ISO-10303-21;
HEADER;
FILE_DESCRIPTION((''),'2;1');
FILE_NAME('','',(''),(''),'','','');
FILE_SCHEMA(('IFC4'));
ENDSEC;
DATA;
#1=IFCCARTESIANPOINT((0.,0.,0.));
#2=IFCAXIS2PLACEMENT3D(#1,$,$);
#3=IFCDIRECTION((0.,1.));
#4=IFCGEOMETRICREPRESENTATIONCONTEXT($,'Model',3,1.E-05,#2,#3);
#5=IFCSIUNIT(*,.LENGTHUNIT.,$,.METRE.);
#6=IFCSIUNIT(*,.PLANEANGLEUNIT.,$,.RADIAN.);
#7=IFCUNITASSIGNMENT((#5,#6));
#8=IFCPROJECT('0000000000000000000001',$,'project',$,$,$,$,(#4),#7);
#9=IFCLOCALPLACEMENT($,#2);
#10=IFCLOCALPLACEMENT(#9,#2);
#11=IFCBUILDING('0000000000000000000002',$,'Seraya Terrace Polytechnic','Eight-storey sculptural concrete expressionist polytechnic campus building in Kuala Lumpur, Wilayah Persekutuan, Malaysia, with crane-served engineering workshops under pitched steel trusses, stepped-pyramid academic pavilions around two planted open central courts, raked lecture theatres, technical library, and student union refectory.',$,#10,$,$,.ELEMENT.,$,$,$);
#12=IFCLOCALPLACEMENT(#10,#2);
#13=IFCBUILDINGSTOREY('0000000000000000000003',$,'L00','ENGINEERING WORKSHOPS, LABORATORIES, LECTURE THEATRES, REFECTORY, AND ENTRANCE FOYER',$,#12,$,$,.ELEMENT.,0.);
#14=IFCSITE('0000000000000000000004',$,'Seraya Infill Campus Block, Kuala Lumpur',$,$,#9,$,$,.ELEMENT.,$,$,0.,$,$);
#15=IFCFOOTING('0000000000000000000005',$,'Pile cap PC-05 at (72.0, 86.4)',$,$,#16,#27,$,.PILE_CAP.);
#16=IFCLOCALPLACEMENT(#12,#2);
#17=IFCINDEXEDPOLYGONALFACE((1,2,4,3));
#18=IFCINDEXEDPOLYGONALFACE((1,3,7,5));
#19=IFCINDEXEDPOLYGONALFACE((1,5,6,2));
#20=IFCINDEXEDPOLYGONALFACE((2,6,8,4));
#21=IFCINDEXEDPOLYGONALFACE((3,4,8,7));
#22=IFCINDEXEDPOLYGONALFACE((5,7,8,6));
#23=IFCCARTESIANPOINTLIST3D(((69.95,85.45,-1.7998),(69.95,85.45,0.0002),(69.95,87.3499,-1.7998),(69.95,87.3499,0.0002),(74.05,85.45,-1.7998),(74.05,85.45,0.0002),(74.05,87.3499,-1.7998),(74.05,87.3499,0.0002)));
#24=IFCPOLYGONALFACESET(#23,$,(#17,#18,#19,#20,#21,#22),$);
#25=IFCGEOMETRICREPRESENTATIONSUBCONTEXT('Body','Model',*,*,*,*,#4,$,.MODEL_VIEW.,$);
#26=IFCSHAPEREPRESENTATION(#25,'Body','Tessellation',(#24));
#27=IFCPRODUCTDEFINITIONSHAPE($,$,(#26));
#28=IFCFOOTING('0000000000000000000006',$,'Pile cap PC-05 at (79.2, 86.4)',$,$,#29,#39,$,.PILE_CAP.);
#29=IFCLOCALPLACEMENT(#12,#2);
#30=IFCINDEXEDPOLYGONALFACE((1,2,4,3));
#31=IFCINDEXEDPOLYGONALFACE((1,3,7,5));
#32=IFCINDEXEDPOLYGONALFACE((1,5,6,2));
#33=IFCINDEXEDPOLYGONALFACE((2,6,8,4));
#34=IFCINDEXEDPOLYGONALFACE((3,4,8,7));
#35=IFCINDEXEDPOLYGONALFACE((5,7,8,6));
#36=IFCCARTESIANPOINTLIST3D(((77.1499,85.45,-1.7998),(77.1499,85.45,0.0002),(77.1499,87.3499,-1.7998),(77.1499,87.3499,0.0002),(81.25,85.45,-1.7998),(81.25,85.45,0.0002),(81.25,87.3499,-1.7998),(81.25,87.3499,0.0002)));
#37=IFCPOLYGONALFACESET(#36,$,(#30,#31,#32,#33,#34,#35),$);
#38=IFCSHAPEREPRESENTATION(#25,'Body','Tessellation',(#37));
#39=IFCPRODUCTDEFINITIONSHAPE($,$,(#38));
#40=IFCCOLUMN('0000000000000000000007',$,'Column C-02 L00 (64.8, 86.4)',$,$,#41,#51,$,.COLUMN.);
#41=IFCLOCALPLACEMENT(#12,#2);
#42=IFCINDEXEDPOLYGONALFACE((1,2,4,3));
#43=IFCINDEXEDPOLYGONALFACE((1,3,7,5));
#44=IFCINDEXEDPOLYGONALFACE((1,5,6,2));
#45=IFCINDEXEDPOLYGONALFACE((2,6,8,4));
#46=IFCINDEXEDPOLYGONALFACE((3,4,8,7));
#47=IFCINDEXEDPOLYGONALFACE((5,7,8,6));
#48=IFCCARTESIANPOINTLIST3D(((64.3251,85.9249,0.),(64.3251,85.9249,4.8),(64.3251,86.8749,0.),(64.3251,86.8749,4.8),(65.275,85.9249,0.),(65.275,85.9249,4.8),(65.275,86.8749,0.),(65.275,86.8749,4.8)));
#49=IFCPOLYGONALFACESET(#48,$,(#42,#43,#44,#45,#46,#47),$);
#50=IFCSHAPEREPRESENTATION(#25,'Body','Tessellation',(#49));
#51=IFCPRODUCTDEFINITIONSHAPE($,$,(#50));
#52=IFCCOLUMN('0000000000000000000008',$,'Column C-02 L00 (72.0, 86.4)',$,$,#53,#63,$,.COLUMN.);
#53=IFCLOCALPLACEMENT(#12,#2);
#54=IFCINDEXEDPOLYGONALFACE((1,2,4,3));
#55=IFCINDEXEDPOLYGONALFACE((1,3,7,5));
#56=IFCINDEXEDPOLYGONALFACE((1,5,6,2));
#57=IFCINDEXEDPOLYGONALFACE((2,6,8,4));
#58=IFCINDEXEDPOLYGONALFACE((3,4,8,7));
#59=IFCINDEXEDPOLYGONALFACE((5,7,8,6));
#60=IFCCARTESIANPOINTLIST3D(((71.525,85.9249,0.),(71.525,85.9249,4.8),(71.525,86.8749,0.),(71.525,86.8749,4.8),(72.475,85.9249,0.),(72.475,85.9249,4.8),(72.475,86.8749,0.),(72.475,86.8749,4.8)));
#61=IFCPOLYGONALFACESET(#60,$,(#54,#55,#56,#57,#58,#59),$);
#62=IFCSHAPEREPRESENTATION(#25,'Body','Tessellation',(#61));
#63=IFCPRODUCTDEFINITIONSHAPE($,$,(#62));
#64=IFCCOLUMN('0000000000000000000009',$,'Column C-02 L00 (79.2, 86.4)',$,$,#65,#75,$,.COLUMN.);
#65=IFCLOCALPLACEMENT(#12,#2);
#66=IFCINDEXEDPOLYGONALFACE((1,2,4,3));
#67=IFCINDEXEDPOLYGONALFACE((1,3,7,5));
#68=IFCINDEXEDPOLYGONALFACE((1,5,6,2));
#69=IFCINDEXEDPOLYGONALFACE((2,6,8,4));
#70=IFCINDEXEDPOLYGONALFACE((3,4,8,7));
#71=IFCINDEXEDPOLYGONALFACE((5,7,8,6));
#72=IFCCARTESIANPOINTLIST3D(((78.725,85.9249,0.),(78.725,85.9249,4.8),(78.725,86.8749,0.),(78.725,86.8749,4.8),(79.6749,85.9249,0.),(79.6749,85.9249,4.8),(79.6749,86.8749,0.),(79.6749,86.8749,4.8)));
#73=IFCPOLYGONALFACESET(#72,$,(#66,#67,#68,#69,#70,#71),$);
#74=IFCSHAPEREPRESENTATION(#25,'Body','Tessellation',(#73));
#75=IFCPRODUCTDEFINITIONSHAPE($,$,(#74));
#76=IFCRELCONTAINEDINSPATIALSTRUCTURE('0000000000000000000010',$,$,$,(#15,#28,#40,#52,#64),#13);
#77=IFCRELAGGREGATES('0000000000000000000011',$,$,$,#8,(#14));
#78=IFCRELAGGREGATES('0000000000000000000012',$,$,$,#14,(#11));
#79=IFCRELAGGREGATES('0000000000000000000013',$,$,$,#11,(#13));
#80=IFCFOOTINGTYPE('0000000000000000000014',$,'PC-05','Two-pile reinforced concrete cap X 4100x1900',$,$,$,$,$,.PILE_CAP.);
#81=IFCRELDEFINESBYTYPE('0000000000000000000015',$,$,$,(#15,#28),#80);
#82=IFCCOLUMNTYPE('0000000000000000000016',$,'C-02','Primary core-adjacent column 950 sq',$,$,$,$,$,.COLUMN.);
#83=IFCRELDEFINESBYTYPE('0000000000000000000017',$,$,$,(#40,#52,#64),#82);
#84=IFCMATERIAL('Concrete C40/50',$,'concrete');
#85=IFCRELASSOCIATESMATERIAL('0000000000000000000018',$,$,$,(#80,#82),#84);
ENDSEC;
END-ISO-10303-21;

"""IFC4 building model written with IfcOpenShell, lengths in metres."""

from ifc_helpers import new_model, si_unit, direction, frame, origin, origin_2d, place, context, subcontext, project, spatial, rectangle, extrude, material, material_profile, profile_set, type_object, element, save


model = new_model("IFC4")

# Units and contexts
model_context = context("Model", 3, precision=1e-05, world=origin(), true_north=direction((0.0, 1.0)))
body_context = subcontext(model_context, "Body", "Model", "MODEL_VIEW")
ifc_project = project(units=[si_unit("LENGTHUNIT", "METRE"), si_unit("PLANEANGLEUNIT", "RADIAN")], contexts=[model_context])

# Site, building, storey
site_placement = place(None, origin())
site = spatial("IfcSite", under=ifc_project, at=site_placement, Name="Seraya Infill Campus Block, Kuala Lumpur", CompositionType="ELEMENT", RefElevation=0.0)
building_placement = place(site_placement, origin())
building = spatial("IfcBuilding", under=site, at=building_placement, Name="Seraya Terrace Polytechnic", Description="Eight-storey sculptural concrete expressionist polytechnic campus building in Kuala Lumpur, Wilayah Persekutuan, Malaysia, with crane-served engineering workshops under pitched steel trusses, stepped-pyramid academic pavilions around two planted open central courts, raked lecture theatres, technical library, and student union refectory.", CompositionType="ELEMENT")
storey_placement = place(building_placement, origin())
storey = spatial("IfcBuildingStorey", under=building, at=storey_placement, Name="L00", Description="ENGINEERING WORKSHOPS, LABORATORIES, LECTURE THEATRES, REFECTORY, AND ENTRANCE FOYER", CompositionType="ELEMENT", Elevation=0.0)

# Shared definitions
ifc_material = material(Name="Concrete C40/50", Category="concrete")

# Footings
footing_type_1 = type_object("IfcFootingType", Name="PC-05", Description="Two-pile reinforced concrete cap X 4100x1900", PredefinedType="PILE_CAP", material=ifc_material)
for number, where, z_axis, x_axis, name in (
    (1, (72.0, 86.3999, -1.7998), (0.0, 0.0, 1.0), (1.0, 0.0, 0.0), "Pile cap PC-05 at (72.0, 86.4)"),
    (2, (79.2, 86.3999, -1.7998), (0.0, 0.0, 1.0), (1.0, 0.0, 0.0), "Pile cap PC-05 at (79.2, 86.4)"),
):
    element("IfcFooting", number, at=place(storey_placement, frame(where, z_axis=z_axis, x_axis=x_axis)), inside=storey, type_object=footing_type_1, Name=name, PredefinedType="PILE_CAP", context=body_context, shape_type="SweptSolid", body=[
        extrude(rectangle(XDim=4.1001, YDim=1.8999, at=origin_2d()), origin(), (0.0, 0.0, 1.0), 1.8),
    ])

# Columns
ifc_material_profile_1 = material_profile(ifc_material, rectangle(XDim=0.95, YDim=0.95, at=origin_2d()), Name="RC 950x950")
ifc_profile_set_1 = profile_set([ifc_material_profile_1], Name="Concrete C40/50")
column_type = type_object("IfcColumnType", Name="C-02", Description="Primary core-adjacent column 950 sq", PredefinedType="COLUMN", material=ifc_profile_set_1)
for number, where, z_axis, x_axis, name in (
    (3, (64.8, 86.3999, 0.0), (0.0, 0.0, 1.0), (1.0, 0.0, 0.0), "Column C-02 L00 (64.8, 86.4)"),
    (4, (72.0, 86.3999, 0.0), (0.0, 0.0, 1.0), (1.0, 0.0, 0.0), "Column C-02 L00 (72.0, 86.4)"),
    (5, (79.2, 86.3999, 0.0), (0.0, 0.0, 1.0), (1.0, 0.0, 0.0), "Column C-02 L00 (79.2, 86.4)"),
):
    element("IfcColumn", number, at=place(storey_placement, frame(where, z_axis=z_axis, x_axis=x_axis)), inside=storey, type_object=column_type, Name=name, PredefinedType="COLUMN", context=body_context, shape_type="SweptSolid", body=[
        extrude(rectangle(XDim=0.95, YDim=0.95, at=origin_2d()), origin(), (0.0, 0.0, 1.0), 4.8),
    ])

save(model, "model.ifc")
